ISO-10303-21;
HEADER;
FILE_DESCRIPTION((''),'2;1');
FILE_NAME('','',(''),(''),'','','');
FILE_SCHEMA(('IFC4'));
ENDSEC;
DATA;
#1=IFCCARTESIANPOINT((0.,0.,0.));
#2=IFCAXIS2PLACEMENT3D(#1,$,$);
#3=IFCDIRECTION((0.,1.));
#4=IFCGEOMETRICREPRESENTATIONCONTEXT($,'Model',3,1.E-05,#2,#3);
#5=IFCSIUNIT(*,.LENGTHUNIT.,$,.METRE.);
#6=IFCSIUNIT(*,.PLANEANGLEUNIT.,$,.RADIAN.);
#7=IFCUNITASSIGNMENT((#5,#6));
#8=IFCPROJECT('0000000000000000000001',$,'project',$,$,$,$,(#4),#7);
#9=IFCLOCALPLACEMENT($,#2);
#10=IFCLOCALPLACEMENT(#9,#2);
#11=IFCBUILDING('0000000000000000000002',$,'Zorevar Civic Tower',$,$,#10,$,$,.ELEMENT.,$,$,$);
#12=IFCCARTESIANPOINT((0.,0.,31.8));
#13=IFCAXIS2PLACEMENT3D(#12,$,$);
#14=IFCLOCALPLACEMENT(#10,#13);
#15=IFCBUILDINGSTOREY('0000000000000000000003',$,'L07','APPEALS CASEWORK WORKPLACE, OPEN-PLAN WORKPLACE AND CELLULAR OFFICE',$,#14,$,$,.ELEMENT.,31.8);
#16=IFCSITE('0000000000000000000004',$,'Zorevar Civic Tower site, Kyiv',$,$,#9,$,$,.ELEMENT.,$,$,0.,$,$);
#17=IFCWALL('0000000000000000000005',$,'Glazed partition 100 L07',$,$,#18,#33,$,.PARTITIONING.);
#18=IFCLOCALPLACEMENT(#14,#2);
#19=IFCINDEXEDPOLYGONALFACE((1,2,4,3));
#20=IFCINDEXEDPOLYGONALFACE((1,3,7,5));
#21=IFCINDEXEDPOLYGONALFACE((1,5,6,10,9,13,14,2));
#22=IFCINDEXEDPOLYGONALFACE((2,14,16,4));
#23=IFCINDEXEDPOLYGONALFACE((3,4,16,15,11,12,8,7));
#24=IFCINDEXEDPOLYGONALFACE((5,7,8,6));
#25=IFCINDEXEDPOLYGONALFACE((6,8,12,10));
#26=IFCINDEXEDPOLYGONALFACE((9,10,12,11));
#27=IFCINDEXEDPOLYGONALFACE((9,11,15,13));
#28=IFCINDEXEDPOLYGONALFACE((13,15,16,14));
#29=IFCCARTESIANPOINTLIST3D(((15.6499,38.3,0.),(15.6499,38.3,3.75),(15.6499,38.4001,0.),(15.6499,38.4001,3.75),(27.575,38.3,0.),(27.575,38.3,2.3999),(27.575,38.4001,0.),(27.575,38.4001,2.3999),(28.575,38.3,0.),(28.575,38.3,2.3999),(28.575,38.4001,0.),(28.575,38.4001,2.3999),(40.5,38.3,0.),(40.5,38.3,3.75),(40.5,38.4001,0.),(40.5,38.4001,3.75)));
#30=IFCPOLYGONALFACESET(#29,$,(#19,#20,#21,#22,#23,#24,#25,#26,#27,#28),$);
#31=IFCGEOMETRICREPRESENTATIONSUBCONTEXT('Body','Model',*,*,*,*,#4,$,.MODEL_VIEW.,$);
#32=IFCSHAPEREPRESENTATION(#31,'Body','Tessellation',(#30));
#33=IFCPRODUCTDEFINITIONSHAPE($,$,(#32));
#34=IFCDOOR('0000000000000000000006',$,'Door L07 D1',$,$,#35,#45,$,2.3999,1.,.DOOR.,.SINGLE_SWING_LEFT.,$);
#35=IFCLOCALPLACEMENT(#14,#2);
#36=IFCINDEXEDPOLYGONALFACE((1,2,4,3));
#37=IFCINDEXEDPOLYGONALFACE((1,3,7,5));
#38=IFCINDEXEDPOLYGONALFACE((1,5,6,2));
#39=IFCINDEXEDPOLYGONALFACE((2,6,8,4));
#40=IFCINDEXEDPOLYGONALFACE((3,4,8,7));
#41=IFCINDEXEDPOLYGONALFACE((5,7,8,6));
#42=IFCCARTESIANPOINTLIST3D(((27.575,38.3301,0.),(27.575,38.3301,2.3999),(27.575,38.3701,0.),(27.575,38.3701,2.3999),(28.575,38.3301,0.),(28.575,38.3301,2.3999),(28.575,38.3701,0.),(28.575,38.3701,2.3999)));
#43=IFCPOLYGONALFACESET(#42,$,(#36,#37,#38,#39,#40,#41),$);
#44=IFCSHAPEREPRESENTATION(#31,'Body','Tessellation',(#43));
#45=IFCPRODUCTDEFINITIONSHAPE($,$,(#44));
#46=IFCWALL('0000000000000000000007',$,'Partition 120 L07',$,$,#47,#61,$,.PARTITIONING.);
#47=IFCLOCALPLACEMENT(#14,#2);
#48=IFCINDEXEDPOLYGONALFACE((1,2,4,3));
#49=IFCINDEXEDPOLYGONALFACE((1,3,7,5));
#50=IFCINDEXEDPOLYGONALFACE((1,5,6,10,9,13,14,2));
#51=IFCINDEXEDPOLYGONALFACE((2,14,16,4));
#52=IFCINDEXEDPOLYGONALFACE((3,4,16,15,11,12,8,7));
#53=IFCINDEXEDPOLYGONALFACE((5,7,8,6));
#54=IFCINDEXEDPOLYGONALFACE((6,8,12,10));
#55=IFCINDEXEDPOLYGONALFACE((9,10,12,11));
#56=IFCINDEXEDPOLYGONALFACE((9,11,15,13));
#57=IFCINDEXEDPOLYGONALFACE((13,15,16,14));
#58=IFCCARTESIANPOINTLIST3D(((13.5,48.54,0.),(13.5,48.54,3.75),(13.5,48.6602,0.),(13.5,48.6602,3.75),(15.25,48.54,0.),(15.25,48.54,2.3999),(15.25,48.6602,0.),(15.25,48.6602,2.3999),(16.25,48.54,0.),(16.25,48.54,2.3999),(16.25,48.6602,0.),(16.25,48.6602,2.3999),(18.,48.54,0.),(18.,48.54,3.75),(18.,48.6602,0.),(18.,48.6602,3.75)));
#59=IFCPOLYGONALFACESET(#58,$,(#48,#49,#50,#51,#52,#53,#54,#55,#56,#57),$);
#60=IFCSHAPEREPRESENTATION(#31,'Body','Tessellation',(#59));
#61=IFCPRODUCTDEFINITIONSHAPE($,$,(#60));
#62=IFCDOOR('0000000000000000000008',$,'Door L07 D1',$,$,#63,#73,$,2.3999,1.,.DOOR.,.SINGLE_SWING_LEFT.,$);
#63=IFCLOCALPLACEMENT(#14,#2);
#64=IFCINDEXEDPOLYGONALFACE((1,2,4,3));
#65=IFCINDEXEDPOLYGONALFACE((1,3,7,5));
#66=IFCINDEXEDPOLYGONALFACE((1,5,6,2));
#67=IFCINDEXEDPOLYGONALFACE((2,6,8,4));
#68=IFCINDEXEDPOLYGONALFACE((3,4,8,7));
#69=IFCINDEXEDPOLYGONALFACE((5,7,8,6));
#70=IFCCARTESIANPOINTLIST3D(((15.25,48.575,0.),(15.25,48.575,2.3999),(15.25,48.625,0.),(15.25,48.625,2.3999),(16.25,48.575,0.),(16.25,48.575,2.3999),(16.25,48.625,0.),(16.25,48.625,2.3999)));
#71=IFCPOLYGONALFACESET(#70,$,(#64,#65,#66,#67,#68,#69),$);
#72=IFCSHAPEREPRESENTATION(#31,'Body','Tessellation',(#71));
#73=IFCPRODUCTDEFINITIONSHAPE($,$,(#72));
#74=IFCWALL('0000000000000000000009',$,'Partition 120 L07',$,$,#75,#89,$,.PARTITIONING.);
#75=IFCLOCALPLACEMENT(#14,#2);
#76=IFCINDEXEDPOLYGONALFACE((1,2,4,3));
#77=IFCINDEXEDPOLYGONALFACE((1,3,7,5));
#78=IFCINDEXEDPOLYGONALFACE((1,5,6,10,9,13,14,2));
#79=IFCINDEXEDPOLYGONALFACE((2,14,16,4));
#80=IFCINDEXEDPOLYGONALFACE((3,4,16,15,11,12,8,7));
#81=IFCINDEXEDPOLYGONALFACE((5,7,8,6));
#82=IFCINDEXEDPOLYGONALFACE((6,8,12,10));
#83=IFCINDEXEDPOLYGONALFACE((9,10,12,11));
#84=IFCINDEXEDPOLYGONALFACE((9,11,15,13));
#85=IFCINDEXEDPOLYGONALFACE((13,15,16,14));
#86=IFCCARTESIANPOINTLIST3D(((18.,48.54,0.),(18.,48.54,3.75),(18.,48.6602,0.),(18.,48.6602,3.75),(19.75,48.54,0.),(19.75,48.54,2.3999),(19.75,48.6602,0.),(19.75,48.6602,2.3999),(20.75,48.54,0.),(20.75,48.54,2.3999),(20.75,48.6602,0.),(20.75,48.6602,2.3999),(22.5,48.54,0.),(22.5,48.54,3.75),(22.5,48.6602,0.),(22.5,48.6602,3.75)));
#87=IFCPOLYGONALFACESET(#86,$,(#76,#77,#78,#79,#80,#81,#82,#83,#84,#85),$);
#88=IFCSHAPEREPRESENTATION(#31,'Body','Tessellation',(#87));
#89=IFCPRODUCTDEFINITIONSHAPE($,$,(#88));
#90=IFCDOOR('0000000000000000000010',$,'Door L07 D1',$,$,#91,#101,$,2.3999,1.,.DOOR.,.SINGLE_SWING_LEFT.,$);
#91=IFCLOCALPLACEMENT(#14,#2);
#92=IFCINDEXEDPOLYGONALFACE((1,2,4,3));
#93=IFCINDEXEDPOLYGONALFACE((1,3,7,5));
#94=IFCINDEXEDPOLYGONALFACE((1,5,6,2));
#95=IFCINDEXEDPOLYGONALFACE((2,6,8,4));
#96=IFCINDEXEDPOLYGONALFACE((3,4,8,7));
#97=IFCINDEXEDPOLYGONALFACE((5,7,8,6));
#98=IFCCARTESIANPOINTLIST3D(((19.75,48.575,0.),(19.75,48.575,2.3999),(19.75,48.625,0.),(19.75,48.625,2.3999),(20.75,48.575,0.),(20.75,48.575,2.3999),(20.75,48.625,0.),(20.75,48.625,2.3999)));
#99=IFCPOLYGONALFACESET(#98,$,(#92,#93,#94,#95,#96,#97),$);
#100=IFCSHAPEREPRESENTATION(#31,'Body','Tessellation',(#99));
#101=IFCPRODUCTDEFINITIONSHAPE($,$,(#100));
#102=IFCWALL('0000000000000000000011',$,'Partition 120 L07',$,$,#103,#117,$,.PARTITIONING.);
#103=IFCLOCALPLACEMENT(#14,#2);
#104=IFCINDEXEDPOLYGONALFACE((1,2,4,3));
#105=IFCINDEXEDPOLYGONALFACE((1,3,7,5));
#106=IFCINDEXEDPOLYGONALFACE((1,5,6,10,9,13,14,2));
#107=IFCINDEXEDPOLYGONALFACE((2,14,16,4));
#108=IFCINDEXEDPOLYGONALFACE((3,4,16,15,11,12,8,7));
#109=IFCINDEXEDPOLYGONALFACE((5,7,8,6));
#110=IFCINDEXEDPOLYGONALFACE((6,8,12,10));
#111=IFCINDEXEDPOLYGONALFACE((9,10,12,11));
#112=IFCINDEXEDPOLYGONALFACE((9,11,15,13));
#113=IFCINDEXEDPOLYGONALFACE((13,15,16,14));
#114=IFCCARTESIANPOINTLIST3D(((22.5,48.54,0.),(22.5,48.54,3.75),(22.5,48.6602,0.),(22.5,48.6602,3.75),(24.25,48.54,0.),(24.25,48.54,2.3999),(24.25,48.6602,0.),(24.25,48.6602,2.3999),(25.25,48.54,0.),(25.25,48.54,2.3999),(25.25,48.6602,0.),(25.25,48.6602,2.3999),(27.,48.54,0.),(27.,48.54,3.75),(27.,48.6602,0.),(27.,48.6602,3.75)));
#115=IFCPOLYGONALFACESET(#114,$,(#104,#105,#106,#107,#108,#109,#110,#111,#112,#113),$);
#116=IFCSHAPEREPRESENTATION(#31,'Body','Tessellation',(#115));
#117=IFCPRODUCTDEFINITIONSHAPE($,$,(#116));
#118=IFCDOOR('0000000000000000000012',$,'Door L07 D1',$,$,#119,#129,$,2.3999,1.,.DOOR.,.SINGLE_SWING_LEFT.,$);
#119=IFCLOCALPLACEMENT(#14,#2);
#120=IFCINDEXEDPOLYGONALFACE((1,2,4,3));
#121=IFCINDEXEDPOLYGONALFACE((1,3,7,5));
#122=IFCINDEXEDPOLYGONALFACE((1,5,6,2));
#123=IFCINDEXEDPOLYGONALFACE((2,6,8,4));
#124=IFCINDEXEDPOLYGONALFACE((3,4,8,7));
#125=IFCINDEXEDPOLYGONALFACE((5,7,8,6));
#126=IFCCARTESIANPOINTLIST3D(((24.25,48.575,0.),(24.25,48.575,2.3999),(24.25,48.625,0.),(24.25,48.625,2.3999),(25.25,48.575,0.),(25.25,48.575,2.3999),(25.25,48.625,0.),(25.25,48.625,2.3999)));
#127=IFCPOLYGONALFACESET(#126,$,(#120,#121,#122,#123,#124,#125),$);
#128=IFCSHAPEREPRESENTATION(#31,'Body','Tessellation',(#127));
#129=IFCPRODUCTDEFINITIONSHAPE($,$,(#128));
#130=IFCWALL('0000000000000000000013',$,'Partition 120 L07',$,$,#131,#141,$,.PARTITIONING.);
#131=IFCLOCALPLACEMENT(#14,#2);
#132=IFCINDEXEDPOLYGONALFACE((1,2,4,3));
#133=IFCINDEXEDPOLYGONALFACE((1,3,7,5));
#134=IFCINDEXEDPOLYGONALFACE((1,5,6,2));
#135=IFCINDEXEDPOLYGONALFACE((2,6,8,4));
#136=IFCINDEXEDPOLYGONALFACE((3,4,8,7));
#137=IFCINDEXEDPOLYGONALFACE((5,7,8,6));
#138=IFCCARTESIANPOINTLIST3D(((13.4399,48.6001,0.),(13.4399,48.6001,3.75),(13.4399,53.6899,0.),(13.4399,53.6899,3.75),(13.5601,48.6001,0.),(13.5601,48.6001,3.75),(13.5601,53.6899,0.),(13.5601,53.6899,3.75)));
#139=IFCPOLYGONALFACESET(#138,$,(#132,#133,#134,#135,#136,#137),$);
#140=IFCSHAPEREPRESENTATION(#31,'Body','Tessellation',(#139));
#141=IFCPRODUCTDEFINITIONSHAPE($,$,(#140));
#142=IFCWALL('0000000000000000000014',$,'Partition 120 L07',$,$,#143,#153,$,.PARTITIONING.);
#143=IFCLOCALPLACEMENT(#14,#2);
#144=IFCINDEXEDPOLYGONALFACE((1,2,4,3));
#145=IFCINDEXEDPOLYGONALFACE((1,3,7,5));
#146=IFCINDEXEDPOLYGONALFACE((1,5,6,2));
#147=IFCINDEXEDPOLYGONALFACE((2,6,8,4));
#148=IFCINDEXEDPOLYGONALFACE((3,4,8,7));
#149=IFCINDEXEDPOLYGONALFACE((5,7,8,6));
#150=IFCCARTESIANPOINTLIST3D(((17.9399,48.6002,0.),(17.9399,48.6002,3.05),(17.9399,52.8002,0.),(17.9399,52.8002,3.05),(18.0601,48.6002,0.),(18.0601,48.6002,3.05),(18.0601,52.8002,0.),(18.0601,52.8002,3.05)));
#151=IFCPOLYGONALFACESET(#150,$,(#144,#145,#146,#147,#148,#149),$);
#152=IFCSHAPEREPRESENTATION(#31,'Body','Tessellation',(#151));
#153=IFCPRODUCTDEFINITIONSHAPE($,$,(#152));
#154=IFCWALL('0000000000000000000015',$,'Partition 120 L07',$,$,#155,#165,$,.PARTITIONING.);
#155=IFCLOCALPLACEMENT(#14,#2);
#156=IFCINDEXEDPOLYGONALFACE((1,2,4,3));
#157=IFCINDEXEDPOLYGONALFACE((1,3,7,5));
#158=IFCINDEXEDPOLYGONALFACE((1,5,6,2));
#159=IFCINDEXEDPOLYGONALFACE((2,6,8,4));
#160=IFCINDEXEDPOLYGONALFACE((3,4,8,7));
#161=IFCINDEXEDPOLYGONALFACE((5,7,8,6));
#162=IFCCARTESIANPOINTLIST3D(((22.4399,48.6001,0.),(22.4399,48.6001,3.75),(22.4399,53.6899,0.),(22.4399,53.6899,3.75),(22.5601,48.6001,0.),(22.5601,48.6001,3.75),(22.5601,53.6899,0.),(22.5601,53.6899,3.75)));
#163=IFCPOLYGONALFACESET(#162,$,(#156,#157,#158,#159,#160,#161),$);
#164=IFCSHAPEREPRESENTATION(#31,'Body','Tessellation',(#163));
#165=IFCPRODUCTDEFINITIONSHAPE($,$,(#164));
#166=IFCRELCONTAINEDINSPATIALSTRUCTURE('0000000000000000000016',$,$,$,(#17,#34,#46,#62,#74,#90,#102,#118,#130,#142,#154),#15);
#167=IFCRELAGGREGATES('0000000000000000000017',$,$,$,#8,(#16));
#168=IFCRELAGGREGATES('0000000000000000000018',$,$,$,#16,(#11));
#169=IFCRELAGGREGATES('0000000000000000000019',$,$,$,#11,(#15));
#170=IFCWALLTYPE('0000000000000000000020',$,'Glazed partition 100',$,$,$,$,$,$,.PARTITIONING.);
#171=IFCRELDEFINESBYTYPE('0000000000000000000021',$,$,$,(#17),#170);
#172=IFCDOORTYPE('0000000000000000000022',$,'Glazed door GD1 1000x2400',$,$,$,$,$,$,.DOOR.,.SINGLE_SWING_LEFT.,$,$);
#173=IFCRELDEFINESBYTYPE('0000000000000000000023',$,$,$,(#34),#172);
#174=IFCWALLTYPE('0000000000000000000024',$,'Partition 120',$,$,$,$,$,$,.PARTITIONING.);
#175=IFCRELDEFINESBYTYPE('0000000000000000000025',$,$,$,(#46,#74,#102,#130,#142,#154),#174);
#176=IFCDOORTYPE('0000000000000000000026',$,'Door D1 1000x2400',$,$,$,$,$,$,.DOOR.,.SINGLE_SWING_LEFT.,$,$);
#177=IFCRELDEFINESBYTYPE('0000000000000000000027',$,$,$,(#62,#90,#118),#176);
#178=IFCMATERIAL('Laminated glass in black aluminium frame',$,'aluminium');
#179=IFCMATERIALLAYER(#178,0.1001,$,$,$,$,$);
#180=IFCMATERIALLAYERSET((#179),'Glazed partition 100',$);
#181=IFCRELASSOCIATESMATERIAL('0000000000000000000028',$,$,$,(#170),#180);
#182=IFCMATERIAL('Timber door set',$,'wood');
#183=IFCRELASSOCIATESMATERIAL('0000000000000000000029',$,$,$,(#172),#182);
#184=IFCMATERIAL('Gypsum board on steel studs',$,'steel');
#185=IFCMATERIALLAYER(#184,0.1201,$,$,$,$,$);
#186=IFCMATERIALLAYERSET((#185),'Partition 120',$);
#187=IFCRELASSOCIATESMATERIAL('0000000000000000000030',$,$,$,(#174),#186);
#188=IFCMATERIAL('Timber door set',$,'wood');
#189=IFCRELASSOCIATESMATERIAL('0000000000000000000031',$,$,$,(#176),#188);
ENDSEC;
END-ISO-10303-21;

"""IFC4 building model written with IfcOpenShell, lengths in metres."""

from ifc_helpers import new_model, si_unit, direction, frame, frame_2d, origin, place, context, subcontext, project, spatial, rectangle, extrude, material, layer, layer_set, type_object, element, fill, save


model = new_model("IFC4")

# Units and contexts
model_context = context("Model", 3, precision=1e-05, world=origin(), true_north=direction((0.0, 1.0)))
body_context = subcontext(model_context, "Body", "Model", "MODEL_VIEW")
ifc_project = project(units=[si_unit("LENGTHUNIT", "METRE"), si_unit("PLANEANGLEUNIT", "RADIAN")], contexts=[model_context])

# Site, building, storey
site_placement = place(None, origin())
site = spatial("IfcSite", under=ifc_project, at=site_placement, Name="Zorevar Civic Tower site, Kyiv", CompositionType="ELEMENT", RefElevation=0.0)
building_placement = place(site_placement, origin())
building = spatial("IfcBuilding", under=site, at=building_placement, Name="Zorevar Civic Tower", CompositionType="ELEMENT")
storey_placement = place(building_placement, frame((0.0, 0.0, 31.8)))
storey = spatial("IfcBuildingStorey", under=building, at=storey_placement, Name="L07", Description="APPEALS CASEWORK WORKPLACE, OPEN-PLAN WORKPLACE AND CELLULAR OFFICE", CompositionType="ELEMENT", Elevation=31.8)

# Walls, openings, doors
ifc_material_1 = material(Name="Laminated glass in black aluminium frame", Category="aluminium")
ifc_layer_1 = layer(ifc_material_1, 0.1001)
ifc_layer_set_1 = layer_set([ifc_layer_1], Name="Glazed partition 100")
wall_type_1 = type_object("IfcWallType", Name="Glazed partition 100", PredefinedType="PARTITIONING", material=ifc_layer_set_1)
wall_1_placement = place(storey_placement, frame((15.6499, 38.3501, 0.0), z_axis=(0.0, 0.0, 1.0), x_axis=(1.0, 0.0, 0.0)))
wall_1 = element("IfcWall", 1, at=wall_1_placement, inside=storey, type_object=wall_type_1, Name="Glazed partition 100 L07", PredefinedType="PARTITIONING", context=body_context, shape_type="SweptSolid", body=[
    extrude(rectangle(XDim=24.8501, YDim=0.1001, at=frame_2d((12.425, 0.0))), origin(), (0.0, 0.0, 1.0), 3.75),
])
opening_1_placement = place(wall_1_placement, frame((11.925, 0.0, 0.0)))
opening_1 = element("IfcOpeningElement", 2, at=opening_1_placement, cuts=wall_1, PredefinedType="OPENING", context=body_context, shape_type="SweptSolid", body=[
    extrude(rectangle(XDim=1.0, YDim=2.3999, at=frame_2d((0.5, 1.2))), frame((0.0, 0.0601, 0.0), z_axis=(0.0, -1.0, 0.0), x_axis=(1.0, 0.0, 0.0)), (0.0, 0.0, 1.0), 0.1201),
])
ifc_material_2 = material(Name="Timber door set", Category="wood")
door_type_1 = type_object("IfcDoorType", Name="Glazed door GD1 1000x2400", OperationType="SINGLE_SWING_LEFT", PredefinedType="DOOR", material=ifc_material_2)
door_1_placement = place(opening_1_placement, origin())
door_1 = element("IfcDoor", 3, at=door_1_placement, inside=storey, type_object=door_type_1, Name="Door L07 D1", OperationType="SINGLE_SWING_LEFT", OverallHeight=2.3999, OverallWidth=1.0, PredefinedType="DOOR", context=body_context, shape_type="SweptSolid", body=[
    extrude(rectangle(XDim=1.0, YDim=2.3999, at=frame_2d((0.5, 1.2))), frame((0.0, 0.02, 0.0), z_axis=(0.0, -1.0, 0.0), x_axis=(1.0, 0.0, 0.0)), (0.0, 0.0, 1.0), 0.04),
])
fill(opening_1, door_1)
ifc_material_3 = material(Name="Gypsum board on steel studs", Category="steel")
ifc_layer_2 = layer(ifc_material_3, 0.1201)
ifc_layer_set_2 = layer_set([ifc_layer_2], Name="Partition 120")
wall_type_2 = type_object("IfcWallType", Name="Partition 120", PredefinedType="PARTITIONING", material=ifc_layer_set_2)
wall_2_placement = place(storey_placement, frame((13.5, 48.6001, 0.0), z_axis=(0.0, 0.0, 1.0), x_axis=(1.0, 0.0, 0.0)))
wall_2 = element("IfcWall", 4, at=wall_2_placement, inside=storey, type_object=wall_type_2, Name="Partition 120 L07", PredefinedType="PARTITIONING", context=body_context, shape_type="SweptSolid", body=[
    extrude(rectangle(XDim=4.5, YDim=0.1201, at=frame_2d((2.25, 0.0))), origin(), (0.0, 0.0, 1.0), 3.75),
])
opening_2_placement = place(wall_2_placement, frame((1.75, 0.0, 0.0)))
opening_2 = element("IfcOpeningElement", 5, at=opening_2_placement, cuts=wall_2, PredefinedType="OPENING", context=body_context, shape_type="SweptSolid", body=[
    extrude(rectangle(XDim=1.0, YDim=2.3999, at=frame_2d((0.5, 1.2))), frame((0.0, 0.0701, 0.0), z_axis=(0.0, -1.0, 0.0), x_axis=(1.0, 0.0, 0.0)), (0.0, 0.0, 1.0), 0.1401),
])
ifc_material_4 = material(Name="Timber door set", Category="wood")
door_type_2 = type_object("IfcDoorType", Name="Door D1 1000x2400", OperationType="SINGLE_SWING_LEFT", PredefinedType="DOOR", material=ifc_material_4)
door_2_placement = place(opening_2_placement, origin())
door_2 = element("IfcDoor", 6, at=door_2_placement, inside=storey, type_object=door_type_2, Name="Door L07 D1", OperationType="SINGLE_SWING_LEFT", OverallHeight=2.3999, OverallWidth=1.0, PredefinedType="DOOR", context=body_context, shape_type="SweptSolid", body=[
    extrude(rectangle(XDim=1.0, YDim=2.3999, at=frame_2d((0.5, 1.2))), frame((0.0, 0.0249, 0.0), z_axis=(0.0, -1.0, 0.0), x_axis=(1.0, 0.0, 0.0)), (0.0, 0.0, 1.0), 0.05),
])
fill(opening_2, door_2)
wall_3_placement = place(storey_placement, frame((18.0, 48.6001, 0.0), z_axis=(0.0, 0.0, 1.0), x_axis=(1.0, 0.0, 0.0)))
wall_3 = element("IfcWall", 7, at=wall_3_placement, inside=storey, type_object=wall_type_2, Name="Partition 120 L07", PredefinedType="PARTITIONING", context=body_context, shape_type="SweptSolid", body=[
    extrude(rectangle(XDim=4.5, YDim=0.1201, at=frame_2d((2.25, 0.0))), origin(), (0.0, 0.0, 1.0), 3.75),
])
opening_3_placement = place(wall_3_placement, frame((1.75, 0.0, 0.0)))
opening_3 = element("IfcOpeningElement", 8, at=opening_3_placement, cuts=wall_3, PredefinedType="OPENING", context=body_context, shape_type="SweptSolid", body=[
    extrude(rectangle(XDim=1.0, YDim=2.3999, at=frame_2d((0.5, 1.2))), frame((0.0, 0.0701, 0.0), z_axis=(0.0, -1.0, 0.0), x_axis=(1.0, 0.0, 0.0)), (0.0, 0.0, 1.0), 0.1401),
])
door_3_placement = place(opening_3_placement, origin())
door_3 = element("IfcDoor", 9, at=door_3_placement, inside=storey, type_object=door_type_2, Name="Door L07 D1", OperationType="SINGLE_SWING_LEFT", OverallHeight=2.3999, OverallWidth=1.0, PredefinedType="DOOR", context=body_context, shape_type="SweptSolid", body=[
    extrude(rectangle(XDim=1.0, YDim=2.3999, at=frame_2d((0.5, 1.2))), frame((0.0, 0.0249, 0.0), z_axis=(0.0, -1.0, 0.0), x_axis=(1.0, 0.0, 0.0)), (0.0, 0.0, 1.0), 0.05),
])
fill(opening_3, door_3)
wall_4_placement = place(storey_placement, frame((22.5, 48.6001, 0.0), z_axis=(0.0, 0.0, 1.0), x_axis=(1.0, 0.0, 0.0)))
wall_4 = element("IfcWall", 10, at=wall_4_placement, inside=storey, type_object=wall_type_2, Name="Partition 120 L07", PredefinedType="PARTITIONING", context=body_context, shape_type="SweptSolid", body=[
    extrude(rectangle(XDim=4.5, YDim=0.1201, at=frame_2d((2.25, 0.0))), origin(), (0.0, 0.0, 1.0), 3.75),
])
opening_4_placement = place(wall_4_placement, frame((1.75, 0.0, 0.0)))
opening_4 = element("IfcOpeningElement", 11, at=opening_4_placement, cuts=wall_4, PredefinedType="OPENING", context=body_context, shape_type="SweptSolid", body=[
    extrude(rectangle(XDim=1.0, YDim=2.3999, at=frame_2d((0.5, 1.2))), frame((0.0, 0.0701, 0.0), z_axis=(0.0, -1.0, 0.0), x_axis=(1.0, 0.0, 0.0)), (0.0, 0.0, 1.0), 0.1401),
])
door_4_placement = place(opening_4_placement, origin())
door_4 = element("IfcDoor", 12, at=door_4_placement, inside=storey, type_object=door_type_2, Name="Door L07 D1", OperationType="SINGLE_SWING_LEFT", OverallHeight=2.3999, OverallWidth=1.0, PredefinedType="DOOR", context=body_context, shape_type="SweptSolid", body=[
    extrude(rectangle(XDim=1.0, YDim=2.3999, at=frame_2d((0.5, 1.2))), frame((0.0, 0.0249, 0.0), z_axis=(0.0, -1.0, 0.0), x_axis=(1.0, 0.0, 0.0)), (0.0, 0.0, 1.0), 0.05),
])
fill(opening_4, door_4)

# Walls
wall_5_placement = place(storey_placement, frame((13.5, 48.6001, 0.0), z_axis=(0.0, 0.0, 1.0), x_axis=(0.0, 1.0, 0.0)))
element("IfcWall", 13, at=wall_5_placement, inside=storey, type_object=wall_type_2, Name="Partition 120 L07", PredefinedType="PARTITIONING", context=body_context, shape_type="SweptSolid", body=[
    extrude(rectangle(XDim=5.0898, YDim=0.1201, at=frame_2d((2.5449, 0.0))), origin(), (0.0, 0.0, 1.0), 3.75),
])
wall_6_placement = place(storey_placement, frame((18.0, 48.6001, 0.0), z_axis=(0.0, 0.0, 1.0), x_axis=(0.0, 1.0, 0.0)))
element("IfcWall", 14, at=wall_6_placement, inside=storey, type_object=wall_type_2, Name="Partition 120 L07", PredefinedType="PARTITIONING", context=body_context, shape_type="SweptSolid", body=[
    extrude(rectangle(XDim=4.2, YDim=0.1201, at=frame_2d((2.1001, 0.0))), origin(), (0.0, 0.0, 1.0), 3.05),
])
wall_7_placement = place(storey_placement, frame((22.5, 48.6001, 0.0), z_axis=(0.0, 0.0, 1.0), x_axis=(0.0, 1.0, 0.0)))
element("IfcWall", 15, at=wall_7_placement, inside=storey, type_object=wall_type_2, Name="Partition 120 L07", PredefinedType="PARTITIONING", context=body_context, shape_type="SweptSolid", body=[
    extrude(rectangle(XDim=5.0898, YDim=0.1201, at=frame_2d((2.5449, 0.0))), origin(), (0.0, 0.0, 1.0), 3.75),
])

save(model, "model.ifc")
